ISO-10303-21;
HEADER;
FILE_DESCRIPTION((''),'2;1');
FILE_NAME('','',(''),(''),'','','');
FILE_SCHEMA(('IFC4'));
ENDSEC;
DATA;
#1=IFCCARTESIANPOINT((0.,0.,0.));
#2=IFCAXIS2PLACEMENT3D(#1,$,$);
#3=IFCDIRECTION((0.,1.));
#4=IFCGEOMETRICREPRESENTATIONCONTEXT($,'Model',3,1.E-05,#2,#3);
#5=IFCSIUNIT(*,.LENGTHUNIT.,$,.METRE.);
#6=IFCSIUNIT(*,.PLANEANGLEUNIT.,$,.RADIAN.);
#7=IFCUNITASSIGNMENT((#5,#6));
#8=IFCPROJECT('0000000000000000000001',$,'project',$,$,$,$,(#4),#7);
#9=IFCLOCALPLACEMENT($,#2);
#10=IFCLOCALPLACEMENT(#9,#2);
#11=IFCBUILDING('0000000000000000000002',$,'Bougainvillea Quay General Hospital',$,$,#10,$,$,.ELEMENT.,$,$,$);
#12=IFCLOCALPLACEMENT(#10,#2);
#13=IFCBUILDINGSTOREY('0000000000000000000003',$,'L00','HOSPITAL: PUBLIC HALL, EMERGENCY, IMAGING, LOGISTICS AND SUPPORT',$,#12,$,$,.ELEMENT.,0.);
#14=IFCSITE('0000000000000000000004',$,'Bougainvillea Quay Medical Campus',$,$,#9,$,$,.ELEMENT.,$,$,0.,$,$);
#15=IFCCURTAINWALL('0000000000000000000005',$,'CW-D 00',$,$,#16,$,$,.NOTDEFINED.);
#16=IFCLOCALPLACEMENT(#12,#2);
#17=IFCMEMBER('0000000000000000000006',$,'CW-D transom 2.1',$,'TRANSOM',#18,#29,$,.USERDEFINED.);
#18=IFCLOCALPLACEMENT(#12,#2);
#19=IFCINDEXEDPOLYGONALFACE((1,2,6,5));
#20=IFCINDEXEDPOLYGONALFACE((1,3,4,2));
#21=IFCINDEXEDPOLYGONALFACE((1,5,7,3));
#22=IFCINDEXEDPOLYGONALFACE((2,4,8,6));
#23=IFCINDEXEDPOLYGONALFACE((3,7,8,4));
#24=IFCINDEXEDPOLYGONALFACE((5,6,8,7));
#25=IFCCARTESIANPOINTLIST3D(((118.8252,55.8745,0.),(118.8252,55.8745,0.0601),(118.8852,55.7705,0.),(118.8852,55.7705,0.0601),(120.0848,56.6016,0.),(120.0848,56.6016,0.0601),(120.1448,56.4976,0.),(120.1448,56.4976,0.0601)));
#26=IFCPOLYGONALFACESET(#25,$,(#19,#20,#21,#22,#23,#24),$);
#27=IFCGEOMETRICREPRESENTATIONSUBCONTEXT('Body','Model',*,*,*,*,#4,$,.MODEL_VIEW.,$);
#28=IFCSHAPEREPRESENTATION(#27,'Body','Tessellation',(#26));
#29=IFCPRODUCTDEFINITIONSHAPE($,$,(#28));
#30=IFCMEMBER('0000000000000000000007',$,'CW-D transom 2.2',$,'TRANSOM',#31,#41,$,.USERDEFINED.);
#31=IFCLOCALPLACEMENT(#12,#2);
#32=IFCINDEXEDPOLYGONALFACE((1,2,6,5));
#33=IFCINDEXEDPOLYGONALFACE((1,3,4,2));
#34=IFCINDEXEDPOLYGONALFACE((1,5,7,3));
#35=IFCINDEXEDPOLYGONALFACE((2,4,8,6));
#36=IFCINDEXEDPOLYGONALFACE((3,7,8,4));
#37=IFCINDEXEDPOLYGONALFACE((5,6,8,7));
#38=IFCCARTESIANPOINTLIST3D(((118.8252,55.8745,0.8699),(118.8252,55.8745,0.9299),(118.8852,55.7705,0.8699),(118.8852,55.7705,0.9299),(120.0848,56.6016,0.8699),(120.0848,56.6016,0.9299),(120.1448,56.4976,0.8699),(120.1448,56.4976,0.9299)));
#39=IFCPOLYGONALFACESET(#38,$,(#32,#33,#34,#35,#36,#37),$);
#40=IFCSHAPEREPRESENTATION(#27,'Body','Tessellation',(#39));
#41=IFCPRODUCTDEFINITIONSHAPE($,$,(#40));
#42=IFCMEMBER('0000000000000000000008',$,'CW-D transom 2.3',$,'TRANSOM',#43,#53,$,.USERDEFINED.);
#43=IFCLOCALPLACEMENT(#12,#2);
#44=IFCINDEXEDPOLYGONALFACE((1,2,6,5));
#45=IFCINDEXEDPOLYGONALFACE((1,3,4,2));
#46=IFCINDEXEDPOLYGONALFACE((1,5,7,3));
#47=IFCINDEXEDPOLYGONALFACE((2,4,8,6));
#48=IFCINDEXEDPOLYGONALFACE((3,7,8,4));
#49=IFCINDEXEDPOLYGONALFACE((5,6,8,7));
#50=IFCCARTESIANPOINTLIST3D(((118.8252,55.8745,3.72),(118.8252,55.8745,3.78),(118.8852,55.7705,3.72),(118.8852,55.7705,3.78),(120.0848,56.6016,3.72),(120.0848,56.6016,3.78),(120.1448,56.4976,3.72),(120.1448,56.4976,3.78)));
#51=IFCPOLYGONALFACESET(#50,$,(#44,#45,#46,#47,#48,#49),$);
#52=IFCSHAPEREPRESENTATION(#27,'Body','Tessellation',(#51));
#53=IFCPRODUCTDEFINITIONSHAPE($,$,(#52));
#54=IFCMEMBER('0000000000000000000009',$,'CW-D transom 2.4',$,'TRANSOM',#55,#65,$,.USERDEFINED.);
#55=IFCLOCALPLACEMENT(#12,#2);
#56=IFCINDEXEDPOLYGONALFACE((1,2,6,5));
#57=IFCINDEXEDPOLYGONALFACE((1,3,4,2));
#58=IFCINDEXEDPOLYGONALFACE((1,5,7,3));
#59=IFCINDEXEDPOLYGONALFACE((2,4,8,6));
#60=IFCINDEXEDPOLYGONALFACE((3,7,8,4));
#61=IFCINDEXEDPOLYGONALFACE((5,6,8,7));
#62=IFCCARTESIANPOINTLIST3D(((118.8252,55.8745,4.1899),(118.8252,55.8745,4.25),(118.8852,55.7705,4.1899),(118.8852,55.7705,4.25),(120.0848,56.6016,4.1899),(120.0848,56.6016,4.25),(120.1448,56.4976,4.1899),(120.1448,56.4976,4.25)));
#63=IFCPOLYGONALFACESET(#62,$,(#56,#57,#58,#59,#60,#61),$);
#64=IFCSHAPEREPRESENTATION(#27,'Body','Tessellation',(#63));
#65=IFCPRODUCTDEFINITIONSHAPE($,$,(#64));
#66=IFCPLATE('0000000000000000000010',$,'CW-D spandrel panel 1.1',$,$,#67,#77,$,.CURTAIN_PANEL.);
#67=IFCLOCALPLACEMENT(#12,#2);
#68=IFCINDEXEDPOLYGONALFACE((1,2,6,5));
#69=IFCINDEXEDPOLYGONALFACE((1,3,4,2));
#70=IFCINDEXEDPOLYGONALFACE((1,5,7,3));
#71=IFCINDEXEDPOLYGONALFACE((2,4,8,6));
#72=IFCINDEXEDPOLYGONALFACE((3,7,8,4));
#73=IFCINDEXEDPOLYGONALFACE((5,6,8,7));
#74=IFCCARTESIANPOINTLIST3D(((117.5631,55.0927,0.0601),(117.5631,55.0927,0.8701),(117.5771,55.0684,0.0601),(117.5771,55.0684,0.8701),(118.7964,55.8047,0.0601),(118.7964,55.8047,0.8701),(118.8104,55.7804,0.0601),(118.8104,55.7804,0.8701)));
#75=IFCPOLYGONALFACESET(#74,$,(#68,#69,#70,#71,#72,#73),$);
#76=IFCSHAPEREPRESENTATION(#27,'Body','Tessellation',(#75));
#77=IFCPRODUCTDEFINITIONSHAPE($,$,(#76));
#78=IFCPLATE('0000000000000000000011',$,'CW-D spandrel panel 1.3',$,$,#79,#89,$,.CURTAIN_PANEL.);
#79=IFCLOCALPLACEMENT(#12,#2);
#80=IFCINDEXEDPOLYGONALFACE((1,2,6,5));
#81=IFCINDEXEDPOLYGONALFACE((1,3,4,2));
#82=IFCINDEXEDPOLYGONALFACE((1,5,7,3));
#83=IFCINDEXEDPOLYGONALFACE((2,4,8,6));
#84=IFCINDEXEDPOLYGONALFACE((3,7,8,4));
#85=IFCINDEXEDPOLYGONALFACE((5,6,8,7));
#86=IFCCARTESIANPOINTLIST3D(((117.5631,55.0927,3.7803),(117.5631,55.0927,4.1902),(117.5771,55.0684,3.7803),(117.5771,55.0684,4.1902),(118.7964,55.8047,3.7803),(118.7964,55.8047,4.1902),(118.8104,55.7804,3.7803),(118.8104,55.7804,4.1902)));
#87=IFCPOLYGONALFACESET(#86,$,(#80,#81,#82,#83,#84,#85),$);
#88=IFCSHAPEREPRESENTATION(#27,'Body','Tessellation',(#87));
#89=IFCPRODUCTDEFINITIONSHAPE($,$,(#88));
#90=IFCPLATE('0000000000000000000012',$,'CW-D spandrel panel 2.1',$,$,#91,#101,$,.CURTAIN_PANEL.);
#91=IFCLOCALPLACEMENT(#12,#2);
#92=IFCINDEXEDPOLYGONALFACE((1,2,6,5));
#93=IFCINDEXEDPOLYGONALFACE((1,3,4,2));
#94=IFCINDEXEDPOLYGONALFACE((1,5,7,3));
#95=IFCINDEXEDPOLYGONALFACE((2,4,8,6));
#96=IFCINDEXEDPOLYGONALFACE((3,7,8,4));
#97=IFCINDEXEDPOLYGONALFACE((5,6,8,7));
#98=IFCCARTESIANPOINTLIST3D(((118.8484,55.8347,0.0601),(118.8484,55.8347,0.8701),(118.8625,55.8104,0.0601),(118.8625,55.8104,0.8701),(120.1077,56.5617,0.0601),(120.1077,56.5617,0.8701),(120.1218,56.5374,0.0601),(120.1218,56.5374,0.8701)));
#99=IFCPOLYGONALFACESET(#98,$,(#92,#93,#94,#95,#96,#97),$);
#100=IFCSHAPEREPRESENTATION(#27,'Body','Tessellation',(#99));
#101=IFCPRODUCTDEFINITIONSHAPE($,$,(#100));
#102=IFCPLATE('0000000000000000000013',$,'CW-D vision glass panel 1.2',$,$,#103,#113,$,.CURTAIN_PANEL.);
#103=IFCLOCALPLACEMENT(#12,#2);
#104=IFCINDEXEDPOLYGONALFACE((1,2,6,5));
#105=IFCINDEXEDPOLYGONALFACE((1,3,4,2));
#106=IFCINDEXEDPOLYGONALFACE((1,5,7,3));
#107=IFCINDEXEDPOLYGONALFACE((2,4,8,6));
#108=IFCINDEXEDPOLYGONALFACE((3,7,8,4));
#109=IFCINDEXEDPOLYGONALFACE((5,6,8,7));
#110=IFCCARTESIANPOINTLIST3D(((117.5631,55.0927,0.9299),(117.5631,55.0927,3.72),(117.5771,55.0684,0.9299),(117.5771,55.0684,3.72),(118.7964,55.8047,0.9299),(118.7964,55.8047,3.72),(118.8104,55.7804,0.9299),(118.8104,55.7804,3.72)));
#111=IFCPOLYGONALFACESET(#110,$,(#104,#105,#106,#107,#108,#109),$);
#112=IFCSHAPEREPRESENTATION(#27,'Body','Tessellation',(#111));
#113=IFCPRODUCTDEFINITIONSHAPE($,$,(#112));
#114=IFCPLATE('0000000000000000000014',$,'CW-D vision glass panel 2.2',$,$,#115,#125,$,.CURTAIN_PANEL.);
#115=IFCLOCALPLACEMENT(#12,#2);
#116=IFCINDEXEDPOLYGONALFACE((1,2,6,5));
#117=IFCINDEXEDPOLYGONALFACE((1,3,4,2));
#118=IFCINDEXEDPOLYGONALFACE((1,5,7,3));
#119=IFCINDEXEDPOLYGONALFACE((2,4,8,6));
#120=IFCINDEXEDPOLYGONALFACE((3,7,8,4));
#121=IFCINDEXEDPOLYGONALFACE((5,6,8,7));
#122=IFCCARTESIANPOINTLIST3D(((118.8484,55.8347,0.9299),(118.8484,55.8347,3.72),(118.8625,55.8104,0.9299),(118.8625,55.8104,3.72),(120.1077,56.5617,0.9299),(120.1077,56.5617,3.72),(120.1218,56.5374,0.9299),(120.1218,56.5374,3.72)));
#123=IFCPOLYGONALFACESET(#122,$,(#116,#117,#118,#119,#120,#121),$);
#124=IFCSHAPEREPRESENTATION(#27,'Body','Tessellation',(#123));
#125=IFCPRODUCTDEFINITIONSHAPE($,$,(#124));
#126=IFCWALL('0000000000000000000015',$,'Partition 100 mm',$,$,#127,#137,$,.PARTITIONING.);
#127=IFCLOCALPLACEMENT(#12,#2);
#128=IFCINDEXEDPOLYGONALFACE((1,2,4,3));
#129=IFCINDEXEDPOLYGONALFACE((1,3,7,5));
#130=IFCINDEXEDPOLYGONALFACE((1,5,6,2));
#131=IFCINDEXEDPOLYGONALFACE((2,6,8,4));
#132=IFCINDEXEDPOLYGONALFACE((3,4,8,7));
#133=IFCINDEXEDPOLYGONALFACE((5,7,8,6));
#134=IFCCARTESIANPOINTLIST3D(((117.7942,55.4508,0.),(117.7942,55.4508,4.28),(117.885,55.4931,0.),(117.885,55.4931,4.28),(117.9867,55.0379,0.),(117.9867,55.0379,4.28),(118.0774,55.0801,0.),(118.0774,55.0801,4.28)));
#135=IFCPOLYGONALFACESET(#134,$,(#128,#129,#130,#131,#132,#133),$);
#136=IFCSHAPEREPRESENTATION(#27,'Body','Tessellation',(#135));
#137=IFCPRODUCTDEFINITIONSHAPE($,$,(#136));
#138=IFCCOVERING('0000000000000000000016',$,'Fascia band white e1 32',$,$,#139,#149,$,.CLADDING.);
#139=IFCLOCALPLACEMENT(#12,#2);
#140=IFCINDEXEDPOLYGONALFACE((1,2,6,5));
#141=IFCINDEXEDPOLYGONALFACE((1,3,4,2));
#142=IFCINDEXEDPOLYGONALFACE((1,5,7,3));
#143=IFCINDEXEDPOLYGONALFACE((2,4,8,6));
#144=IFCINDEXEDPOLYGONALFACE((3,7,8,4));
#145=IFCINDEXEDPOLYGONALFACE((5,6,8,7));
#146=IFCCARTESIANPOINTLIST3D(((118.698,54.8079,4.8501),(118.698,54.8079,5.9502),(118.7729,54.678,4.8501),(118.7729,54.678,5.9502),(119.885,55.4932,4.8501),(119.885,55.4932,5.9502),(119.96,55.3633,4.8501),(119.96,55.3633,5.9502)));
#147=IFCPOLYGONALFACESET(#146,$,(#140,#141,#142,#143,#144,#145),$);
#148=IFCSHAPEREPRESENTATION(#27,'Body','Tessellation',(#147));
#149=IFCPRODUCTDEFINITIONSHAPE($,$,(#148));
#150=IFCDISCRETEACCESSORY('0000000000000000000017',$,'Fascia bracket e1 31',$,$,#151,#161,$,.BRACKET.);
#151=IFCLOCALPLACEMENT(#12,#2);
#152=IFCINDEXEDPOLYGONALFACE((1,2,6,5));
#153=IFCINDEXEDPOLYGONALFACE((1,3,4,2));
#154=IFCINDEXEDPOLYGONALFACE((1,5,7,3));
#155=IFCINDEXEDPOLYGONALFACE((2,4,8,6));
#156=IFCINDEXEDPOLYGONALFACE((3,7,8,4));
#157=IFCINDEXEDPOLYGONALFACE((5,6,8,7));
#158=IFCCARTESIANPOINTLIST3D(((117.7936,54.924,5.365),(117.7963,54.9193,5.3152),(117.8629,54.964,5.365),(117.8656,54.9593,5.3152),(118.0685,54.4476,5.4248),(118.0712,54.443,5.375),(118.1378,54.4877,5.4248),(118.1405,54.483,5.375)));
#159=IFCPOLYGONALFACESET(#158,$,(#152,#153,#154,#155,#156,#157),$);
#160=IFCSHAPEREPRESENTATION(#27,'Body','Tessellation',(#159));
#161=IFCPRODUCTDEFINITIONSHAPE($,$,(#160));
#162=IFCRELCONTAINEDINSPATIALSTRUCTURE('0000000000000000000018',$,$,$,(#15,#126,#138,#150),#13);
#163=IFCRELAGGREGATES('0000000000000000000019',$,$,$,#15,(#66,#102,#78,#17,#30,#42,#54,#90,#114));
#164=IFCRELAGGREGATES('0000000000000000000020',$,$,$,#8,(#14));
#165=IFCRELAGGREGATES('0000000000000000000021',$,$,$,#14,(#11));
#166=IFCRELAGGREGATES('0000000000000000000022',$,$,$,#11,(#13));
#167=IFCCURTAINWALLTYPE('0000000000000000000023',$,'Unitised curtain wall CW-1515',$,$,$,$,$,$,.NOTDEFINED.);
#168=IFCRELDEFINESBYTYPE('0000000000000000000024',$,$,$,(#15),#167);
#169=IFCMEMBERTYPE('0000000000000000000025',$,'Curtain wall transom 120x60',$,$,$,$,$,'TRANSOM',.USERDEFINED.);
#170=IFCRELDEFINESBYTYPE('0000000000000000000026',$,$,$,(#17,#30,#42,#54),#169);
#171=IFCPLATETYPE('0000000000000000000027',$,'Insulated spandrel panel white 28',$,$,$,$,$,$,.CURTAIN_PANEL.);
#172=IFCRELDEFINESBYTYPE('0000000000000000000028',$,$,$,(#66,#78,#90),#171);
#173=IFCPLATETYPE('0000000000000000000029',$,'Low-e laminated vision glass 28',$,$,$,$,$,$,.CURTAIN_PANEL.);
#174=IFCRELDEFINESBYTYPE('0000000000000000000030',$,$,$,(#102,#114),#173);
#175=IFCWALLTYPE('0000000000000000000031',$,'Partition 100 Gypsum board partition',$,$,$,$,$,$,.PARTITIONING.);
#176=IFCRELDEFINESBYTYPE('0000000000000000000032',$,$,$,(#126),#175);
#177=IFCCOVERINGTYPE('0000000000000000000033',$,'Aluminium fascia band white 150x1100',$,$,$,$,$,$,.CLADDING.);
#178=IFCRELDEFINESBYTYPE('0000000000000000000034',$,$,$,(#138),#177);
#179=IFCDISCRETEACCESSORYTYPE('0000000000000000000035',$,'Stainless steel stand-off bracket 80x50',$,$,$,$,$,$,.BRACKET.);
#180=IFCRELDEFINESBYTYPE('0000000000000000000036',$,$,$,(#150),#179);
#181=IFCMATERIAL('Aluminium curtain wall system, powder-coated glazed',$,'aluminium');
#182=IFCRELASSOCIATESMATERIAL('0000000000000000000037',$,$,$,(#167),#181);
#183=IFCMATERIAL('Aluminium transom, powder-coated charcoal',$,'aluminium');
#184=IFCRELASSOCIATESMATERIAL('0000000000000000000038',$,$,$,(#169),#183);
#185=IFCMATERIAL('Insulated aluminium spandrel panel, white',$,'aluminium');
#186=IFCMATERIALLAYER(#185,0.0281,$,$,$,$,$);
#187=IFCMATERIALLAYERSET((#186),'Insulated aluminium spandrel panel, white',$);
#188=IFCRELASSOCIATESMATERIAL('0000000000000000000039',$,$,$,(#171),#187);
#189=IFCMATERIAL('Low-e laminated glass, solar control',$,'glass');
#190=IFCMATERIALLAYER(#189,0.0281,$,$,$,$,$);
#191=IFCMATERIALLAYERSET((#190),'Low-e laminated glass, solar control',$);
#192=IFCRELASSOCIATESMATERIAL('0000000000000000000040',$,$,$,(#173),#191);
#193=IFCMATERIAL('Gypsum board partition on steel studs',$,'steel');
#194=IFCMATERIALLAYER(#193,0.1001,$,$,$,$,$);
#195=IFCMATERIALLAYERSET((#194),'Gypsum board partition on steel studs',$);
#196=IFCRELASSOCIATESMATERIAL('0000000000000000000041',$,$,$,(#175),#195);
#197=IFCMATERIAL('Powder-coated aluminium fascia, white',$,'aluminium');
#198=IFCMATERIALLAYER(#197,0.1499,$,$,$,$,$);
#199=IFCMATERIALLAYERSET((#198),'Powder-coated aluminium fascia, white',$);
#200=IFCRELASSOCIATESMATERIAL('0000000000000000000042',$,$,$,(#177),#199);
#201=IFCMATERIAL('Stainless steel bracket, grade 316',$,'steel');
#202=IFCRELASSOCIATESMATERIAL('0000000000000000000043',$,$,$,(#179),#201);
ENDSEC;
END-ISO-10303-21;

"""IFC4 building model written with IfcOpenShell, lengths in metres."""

from ifc_helpers import new_model, si_unit, direction, frame, frame_2d, origin, origin_2d, place, context, subcontext, project, spatial, polyline, rectangle, outline, extrude, material, layer, layer_set, material_profile, profile_set, type_object, element, aggregate, save


model = new_model("IFC4")

# Units and contexts
model_context = context("Model", 3, precision=1e-05, world=origin(), true_north=direction((0.0, 1.0)))
body_context = subcontext(model_context, "Body", "Model", "MODEL_VIEW")
ifc_project = project(units=[si_unit("LENGTHUNIT", "METRE"), si_unit("PLANEANGLEUNIT", "RADIAN")], contexts=[model_context])

# Site, building, storey
site_placement = place(None, origin())
site = spatial("IfcSite", under=ifc_project, at=site_placement, Name="Bougainvillea Quay Medical Campus", CompositionType="ELEMENT", RefElevation=0.0)
building_placement = place(site_placement, origin())
building = spatial("IfcBuilding", under=site, at=building_placement, Name="Bougainvillea Quay General Hospital", CompositionType="ELEMENT")
storey_placement = place(building_placement, origin())
storey = spatial("IfcBuildingStorey", under=building, at=storey_placement, Name="L00", Description="HOSPITAL: PUBLIC HALL, EMERGENCY, IMAGING, LOGISTICS AND SUPPORT", CompositionType="ELEMENT", Elevation=0.0)

# Shared definitions
ifc_material_1 = material(Name="Aluminium curtain wall system, powder-coated glazed", Category="aluminium")

# Curtain wall, members, plates
curtain_wall_type_1 = type_object("IfcCurtainWallType", Name="Unitised curtain wall CW-1515", PredefinedType="NOTDEFINED", material=ifc_material_1)
curtain_wall_1_placement = place(storey_placement, origin())
curtain_wall_1 = element("IfcCurtainWall", 1, at=curtain_wall_1_placement, inside=storey, type_object=curtain_wall_type_1, Name="CW-D 00", PredefinedType="NOTDEFINED")
ifc_material_2 = material(Name="Aluminium transom, powder-coated charcoal", Category="aluminium")
ifc_material_profile_1 = material_profile(ifc_material_2, rectangle(XDim=0.1201, YDim=0.0601, at=origin_2d()))
ifc_profile_set_1 = profile_set([ifc_material_profile_1], Name="Aluminium transom, powder-coated charcoal")
member_type_1 = type_object("IfcMemberType", Name="Curtain wall transom 120x60", ElementType="TRANSOM", PredefinedType="USERDEFINED", material=ifc_profile_set_1)
member_1_placement = place(storey_placement, frame((118.8552, 55.8225, 0.03), z_axis=(0.866065, 0.499931, 0.0), x_axis=(-0.499931, 0.866065, 0.0)))
member_1 = element("IfcMember", 2, at=member_1_placement, type_object=member_type_1, Name="CW-D transom 2.1", ObjectType="TRANSOM", PredefinedType="USERDEFINED", context=body_context, shape_type="SweptSolid", body=[
    extrude(rectangle(XDim=0.1201, YDim=0.0601, at=origin_2d()), origin(), (0.0, 0.0, 1.0), 1.4543),
])
member_2_placement = place(storey_placement, frame((118.8552, 55.8225, 0.8999), z_axis=(0.866065, 0.499931, 0.0), x_axis=(-0.499931, 0.866065, 0.0)))
member_2 = element("IfcMember", 3, at=member_2_placement, type_object=member_type_1, Name="CW-D transom 2.2", ObjectType="TRANSOM", PredefinedType="USERDEFINED", context=body_context, shape_type="SweptSolid", body=[
    extrude(rectangle(XDim=0.1201, YDim=0.0601, at=origin_2d()), origin(), (0.0, 0.0, 1.0), 1.4543),
])
member_3_placement = place(storey_placement, frame((118.8552, 55.8225, 3.75), z_axis=(0.866065, 0.499931, 0.0), x_axis=(-0.499931, 0.866065, 0.0)))
member_3 = element("IfcMember", 4, at=member_3_placement, type_object=member_type_1, Name="CW-D transom 2.3", ObjectType="TRANSOM", PredefinedType="USERDEFINED", context=body_context, shape_type="SweptSolid", body=[
    extrude(rectangle(XDim=0.1201, YDim=0.0601, at=origin_2d()), origin(), (0.0, 0.0, 1.0), 1.4543),
])
member_4_placement = place(storey_placement, frame((118.8552, 55.8225, 4.22), z_axis=(0.866065, 0.499931, 0.0), x_axis=(-0.499931, 0.866065, 0.0)))
member_4 = element("IfcMember", 5, at=member_4_placement, type_object=member_type_1, Name="CW-D transom 2.4", ObjectType="TRANSOM", PredefinedType="USERDEFINED", context=body_context, shape_type="SweptSolid", body=[
    extrude(rectangle(XDim=0.1201, YDim=0.0601, at=origin_2d()), origin(), (0.0, 0.0, 1.0), 1.4543),
])
ifc_material_3 = material(Name="Insulated aluminium spandrel panel, white", Category="aluminium")
ifc_layer_1 = layer(ifc_material_3, 0.0281)
ifc_layer_set_1 = layer_set([ifc_layer_1], Name="Insulated aluminium spandrel panel, white")
plate_type_1 = type_object("IfcPlateType", Name="Insulated spandrel panel white 28", PredefinedType="CURTAIN_PANEL", material=ifc_layer_set_1)
plate_1_placement = place(storey_placement, frame((118.1868, 55.4365, 0.0601), z_axis=(0.0, 0.0, 1.0), x_axis=(0.866046, 0.499965, 0.0)))
plate_1 = element("IfcPlate", 6, at=plate_1_placement, type_object=plate_type_1, Name="CW-D spandrel panel 1.1", PredefinedType="CURTAIN_PANEL", context=body_context, shape_type="SweptSolid", body=[
    extrude(rectangle(XDim=1.4241, YDim=0.0281, at=origin_2d()), origin(), (0.0, 0.0, 1.0), 0.8101),
])
plate_2_placement = place(storey_placement, frame((118.1868, 55.4365, 3.7803), z_axis=(0.0, 0.0, 1.0), x_axis=(0.866046, 0.499965, 0.0)))
plate_2 = element("IfcPlate", 7, at=plate_2_placement, type_object=plate_type_1, Name="CW-D spandrel panel 1.3", PredefinedType="CURTAIN_PANEL", context=body_context, shape_type="SweptSolid", body=[
    extrude(rectangle(XDim=1.4241, YDim=0.0281, at=origin_2d()), origin(), (0.0, 0.0, 1.0), 0.4099),
])
plate_3_placement = place(storey_placement, frame((119.4851, 56.186, 0.0601), z_axis=(0.0, 0.0, 1.0), x_axis=(0.866046, 0.499965, 0.0)))
plate_3 = element("IfcPlate", 8, at=plate_3_placement, type_object=plate_type_1, Name="CW-D spandrel panel 2.1", PredefinedType="CURTAIN_PANEL", context=body_context, shape_type="SweptSolid", body=[
    extrude(rectangle(XDim=1.4541, YDim=0.0281, at=origin_2d()), origin(), (0.0, 0.0, 1.0), 0.8101),
])
ifc_material_4 = material(Name="Low-e laminated glass, solar control", Category="glass")
ifc_layer_2 = layer(ifc_material_4, 0.0281)
ifc_layer_set_2 = layer_set([ifc_layer_2], Name="Low-e laminated glass, solar control")
plate_type_2 = type_object("IfcPlateType", Name="Low-e laminated vision glass 28", PredefinedType="CURTAIN_PANEL", material=ifc_layer_set_2)
plate_4_placement = place(storey_placement, frame((118.1868, 55.4365, 0.9299), z_axis=(0.0, 0.0, 1.0), x_axis=(0.866046, 0.499965, 0.0)))
plate_4 = element("IfcPlate", 9, at=plate_4_placement, type_object=plate_type_2, Name="CW-D vision glass panel 1.2", PredefinedType="CURTAIN_PANEL", context=body_context, shape_type="SweptSolid", body=[
    extrude(rectangle(XDim=1.4241, YDim=0.0281, at=origin_2d()), origin(), (0.0, 0.0, 1.0), 2.79),
])
plate_5_placement = place(storey_placement, frame((119.4851, 56.186, 0.9299), z_axis=(0.0, 0.0, 1.0), x_axis=(0.866046, 0.499965, 0.0)))
plate_5 = element("IfcPlate", 10, at=plate_5_placement, type_object=plate_type_2, Name="CW-D vision glass panel 2.2", PredefinedType="CURTAIN_PANEL", context=body_context, shape_type="SweptSolid", body=[
    extrude(rectangle(XDim=1.4541, YDim=0.0281, at=origin_2d()), origin(), (0.0, 0.0, 1.0), 2.79),
])
aggregate(curtain_wall_1, [plate_1, plate_4, plate_2, member_1, member_2, member_3, member_4, plate_3, plate_5])

# Wall
ifc_material_5 = material(Name="Gypsum board partition on steel studs", Category="steel")
ifc_layer_3 = layer(ifc_material_5, 0.1001)
ifc_layer_set_3 = layer_set([ifc_layer_3], Name="Gypsum board partition on steel studs")
wall_type = type_object("IfcWallType", Name="Partition 100 Gypsum board partition", PredefinedType="PARTITIONING", material=ifc_layer_set_3)
wall_placement = place(storey_placement, frame((117.8396, 55.4719, 0.0), z_axis=(0.0, 0.0, 1.0), x_axis=(0.422387, -0.906416, 0.0)))
element("IfcWall", 11, at=wall_placement, inside=storey, type_object=wall_type, Name="Partition 100 mm", PredefinedType="PARTITIONING", context=body_context, shape_type="SweptSolid", body=[
    extrude(rectangle(XDim=0.4556, YDim=0.1001, at=frame_2d((0.2278, 0.0))), origin(), (0.0, 0.0, 1.0), 4.28),
])

# Covering
ifc_material_6 = material(Name="Powder-coated aluminium fascia, white", Category="aluminium")
ifc_layer_4 = layer(ifc_material_6, 0.1499)
ifc_layer_set_4 = layer_set([ifc_layer_4], Name="Powder-coated aluminium fascia, white")
covering_type = type_object("IfcCoveringType", Name="Aluminium fascia band white 150x1100", PredefinedType="CLADDING", material=ifc_layer_set_4)
covering_placement = place(storey_placement, frame((118.698, 54.8079, 4.8501), z_axis=(0.0, 0.0, 1.0), x_axis=(0.866031, 0.49999, 0.0)))
element("IfcCovering", 12, at=covering_placement, inside=storey, type_object=covering_type, Name="Fascia band white e1 32", PredefinedType="CLADDING", context=body_context, shape_type="SweptSolid", body=[
    extrude(outline(polyline([(0.0, 0.0), (1.3706, 0.0), (1.3706, -0.15), (0.0, -0.15), (0.0, 0.0)])), origin(), (0.0, 0.0, 1.0), 1.1001),
])

# Discrete accessory
ifc_material_7 = material(Name="Stainless steel bracket, grade 316", Category="steel")
ifc_material_profile_2 = material_profile(ifc_material_7, rectangle(XDim=0.0801, YDim=0.05, at=origin_2d()))
ifc_profile_set_2 = profile_set([ifc_material_profile_2], Name="Stainless steel bracket, grade 316")
discrete_accessory_type = type_object("IfcDiscreteAccessoryType", Name="Stainless steel stand-off bracket 80x50", PredefinedType="BRACKET", material=ifc_profile_set_2)
discrete_accessory_placement = place(storey_placement, frame((117.8296, 54.9417, 5.3401), z_axis=(0.496933, -0.861027, 0.108125), x_axis=(0.866104, 0.499863, 0.0)))
element("IfcDiscreteAccessory", 13, at=discrete_accessory_placement, inside=storey, type_object=discrete_accessory_type, Name="Fascia bracket e1 31", PredefinedType="BRACKET", context=body_context, shape_type="SweptSolid", body=[
    extrude(rectangle(XDim=0.0801, YDim=0.05, at=origin_2d()), origin(), (0.0, 0.0, 1.0), 0.5532),
])

save(model, "model.ifc")
